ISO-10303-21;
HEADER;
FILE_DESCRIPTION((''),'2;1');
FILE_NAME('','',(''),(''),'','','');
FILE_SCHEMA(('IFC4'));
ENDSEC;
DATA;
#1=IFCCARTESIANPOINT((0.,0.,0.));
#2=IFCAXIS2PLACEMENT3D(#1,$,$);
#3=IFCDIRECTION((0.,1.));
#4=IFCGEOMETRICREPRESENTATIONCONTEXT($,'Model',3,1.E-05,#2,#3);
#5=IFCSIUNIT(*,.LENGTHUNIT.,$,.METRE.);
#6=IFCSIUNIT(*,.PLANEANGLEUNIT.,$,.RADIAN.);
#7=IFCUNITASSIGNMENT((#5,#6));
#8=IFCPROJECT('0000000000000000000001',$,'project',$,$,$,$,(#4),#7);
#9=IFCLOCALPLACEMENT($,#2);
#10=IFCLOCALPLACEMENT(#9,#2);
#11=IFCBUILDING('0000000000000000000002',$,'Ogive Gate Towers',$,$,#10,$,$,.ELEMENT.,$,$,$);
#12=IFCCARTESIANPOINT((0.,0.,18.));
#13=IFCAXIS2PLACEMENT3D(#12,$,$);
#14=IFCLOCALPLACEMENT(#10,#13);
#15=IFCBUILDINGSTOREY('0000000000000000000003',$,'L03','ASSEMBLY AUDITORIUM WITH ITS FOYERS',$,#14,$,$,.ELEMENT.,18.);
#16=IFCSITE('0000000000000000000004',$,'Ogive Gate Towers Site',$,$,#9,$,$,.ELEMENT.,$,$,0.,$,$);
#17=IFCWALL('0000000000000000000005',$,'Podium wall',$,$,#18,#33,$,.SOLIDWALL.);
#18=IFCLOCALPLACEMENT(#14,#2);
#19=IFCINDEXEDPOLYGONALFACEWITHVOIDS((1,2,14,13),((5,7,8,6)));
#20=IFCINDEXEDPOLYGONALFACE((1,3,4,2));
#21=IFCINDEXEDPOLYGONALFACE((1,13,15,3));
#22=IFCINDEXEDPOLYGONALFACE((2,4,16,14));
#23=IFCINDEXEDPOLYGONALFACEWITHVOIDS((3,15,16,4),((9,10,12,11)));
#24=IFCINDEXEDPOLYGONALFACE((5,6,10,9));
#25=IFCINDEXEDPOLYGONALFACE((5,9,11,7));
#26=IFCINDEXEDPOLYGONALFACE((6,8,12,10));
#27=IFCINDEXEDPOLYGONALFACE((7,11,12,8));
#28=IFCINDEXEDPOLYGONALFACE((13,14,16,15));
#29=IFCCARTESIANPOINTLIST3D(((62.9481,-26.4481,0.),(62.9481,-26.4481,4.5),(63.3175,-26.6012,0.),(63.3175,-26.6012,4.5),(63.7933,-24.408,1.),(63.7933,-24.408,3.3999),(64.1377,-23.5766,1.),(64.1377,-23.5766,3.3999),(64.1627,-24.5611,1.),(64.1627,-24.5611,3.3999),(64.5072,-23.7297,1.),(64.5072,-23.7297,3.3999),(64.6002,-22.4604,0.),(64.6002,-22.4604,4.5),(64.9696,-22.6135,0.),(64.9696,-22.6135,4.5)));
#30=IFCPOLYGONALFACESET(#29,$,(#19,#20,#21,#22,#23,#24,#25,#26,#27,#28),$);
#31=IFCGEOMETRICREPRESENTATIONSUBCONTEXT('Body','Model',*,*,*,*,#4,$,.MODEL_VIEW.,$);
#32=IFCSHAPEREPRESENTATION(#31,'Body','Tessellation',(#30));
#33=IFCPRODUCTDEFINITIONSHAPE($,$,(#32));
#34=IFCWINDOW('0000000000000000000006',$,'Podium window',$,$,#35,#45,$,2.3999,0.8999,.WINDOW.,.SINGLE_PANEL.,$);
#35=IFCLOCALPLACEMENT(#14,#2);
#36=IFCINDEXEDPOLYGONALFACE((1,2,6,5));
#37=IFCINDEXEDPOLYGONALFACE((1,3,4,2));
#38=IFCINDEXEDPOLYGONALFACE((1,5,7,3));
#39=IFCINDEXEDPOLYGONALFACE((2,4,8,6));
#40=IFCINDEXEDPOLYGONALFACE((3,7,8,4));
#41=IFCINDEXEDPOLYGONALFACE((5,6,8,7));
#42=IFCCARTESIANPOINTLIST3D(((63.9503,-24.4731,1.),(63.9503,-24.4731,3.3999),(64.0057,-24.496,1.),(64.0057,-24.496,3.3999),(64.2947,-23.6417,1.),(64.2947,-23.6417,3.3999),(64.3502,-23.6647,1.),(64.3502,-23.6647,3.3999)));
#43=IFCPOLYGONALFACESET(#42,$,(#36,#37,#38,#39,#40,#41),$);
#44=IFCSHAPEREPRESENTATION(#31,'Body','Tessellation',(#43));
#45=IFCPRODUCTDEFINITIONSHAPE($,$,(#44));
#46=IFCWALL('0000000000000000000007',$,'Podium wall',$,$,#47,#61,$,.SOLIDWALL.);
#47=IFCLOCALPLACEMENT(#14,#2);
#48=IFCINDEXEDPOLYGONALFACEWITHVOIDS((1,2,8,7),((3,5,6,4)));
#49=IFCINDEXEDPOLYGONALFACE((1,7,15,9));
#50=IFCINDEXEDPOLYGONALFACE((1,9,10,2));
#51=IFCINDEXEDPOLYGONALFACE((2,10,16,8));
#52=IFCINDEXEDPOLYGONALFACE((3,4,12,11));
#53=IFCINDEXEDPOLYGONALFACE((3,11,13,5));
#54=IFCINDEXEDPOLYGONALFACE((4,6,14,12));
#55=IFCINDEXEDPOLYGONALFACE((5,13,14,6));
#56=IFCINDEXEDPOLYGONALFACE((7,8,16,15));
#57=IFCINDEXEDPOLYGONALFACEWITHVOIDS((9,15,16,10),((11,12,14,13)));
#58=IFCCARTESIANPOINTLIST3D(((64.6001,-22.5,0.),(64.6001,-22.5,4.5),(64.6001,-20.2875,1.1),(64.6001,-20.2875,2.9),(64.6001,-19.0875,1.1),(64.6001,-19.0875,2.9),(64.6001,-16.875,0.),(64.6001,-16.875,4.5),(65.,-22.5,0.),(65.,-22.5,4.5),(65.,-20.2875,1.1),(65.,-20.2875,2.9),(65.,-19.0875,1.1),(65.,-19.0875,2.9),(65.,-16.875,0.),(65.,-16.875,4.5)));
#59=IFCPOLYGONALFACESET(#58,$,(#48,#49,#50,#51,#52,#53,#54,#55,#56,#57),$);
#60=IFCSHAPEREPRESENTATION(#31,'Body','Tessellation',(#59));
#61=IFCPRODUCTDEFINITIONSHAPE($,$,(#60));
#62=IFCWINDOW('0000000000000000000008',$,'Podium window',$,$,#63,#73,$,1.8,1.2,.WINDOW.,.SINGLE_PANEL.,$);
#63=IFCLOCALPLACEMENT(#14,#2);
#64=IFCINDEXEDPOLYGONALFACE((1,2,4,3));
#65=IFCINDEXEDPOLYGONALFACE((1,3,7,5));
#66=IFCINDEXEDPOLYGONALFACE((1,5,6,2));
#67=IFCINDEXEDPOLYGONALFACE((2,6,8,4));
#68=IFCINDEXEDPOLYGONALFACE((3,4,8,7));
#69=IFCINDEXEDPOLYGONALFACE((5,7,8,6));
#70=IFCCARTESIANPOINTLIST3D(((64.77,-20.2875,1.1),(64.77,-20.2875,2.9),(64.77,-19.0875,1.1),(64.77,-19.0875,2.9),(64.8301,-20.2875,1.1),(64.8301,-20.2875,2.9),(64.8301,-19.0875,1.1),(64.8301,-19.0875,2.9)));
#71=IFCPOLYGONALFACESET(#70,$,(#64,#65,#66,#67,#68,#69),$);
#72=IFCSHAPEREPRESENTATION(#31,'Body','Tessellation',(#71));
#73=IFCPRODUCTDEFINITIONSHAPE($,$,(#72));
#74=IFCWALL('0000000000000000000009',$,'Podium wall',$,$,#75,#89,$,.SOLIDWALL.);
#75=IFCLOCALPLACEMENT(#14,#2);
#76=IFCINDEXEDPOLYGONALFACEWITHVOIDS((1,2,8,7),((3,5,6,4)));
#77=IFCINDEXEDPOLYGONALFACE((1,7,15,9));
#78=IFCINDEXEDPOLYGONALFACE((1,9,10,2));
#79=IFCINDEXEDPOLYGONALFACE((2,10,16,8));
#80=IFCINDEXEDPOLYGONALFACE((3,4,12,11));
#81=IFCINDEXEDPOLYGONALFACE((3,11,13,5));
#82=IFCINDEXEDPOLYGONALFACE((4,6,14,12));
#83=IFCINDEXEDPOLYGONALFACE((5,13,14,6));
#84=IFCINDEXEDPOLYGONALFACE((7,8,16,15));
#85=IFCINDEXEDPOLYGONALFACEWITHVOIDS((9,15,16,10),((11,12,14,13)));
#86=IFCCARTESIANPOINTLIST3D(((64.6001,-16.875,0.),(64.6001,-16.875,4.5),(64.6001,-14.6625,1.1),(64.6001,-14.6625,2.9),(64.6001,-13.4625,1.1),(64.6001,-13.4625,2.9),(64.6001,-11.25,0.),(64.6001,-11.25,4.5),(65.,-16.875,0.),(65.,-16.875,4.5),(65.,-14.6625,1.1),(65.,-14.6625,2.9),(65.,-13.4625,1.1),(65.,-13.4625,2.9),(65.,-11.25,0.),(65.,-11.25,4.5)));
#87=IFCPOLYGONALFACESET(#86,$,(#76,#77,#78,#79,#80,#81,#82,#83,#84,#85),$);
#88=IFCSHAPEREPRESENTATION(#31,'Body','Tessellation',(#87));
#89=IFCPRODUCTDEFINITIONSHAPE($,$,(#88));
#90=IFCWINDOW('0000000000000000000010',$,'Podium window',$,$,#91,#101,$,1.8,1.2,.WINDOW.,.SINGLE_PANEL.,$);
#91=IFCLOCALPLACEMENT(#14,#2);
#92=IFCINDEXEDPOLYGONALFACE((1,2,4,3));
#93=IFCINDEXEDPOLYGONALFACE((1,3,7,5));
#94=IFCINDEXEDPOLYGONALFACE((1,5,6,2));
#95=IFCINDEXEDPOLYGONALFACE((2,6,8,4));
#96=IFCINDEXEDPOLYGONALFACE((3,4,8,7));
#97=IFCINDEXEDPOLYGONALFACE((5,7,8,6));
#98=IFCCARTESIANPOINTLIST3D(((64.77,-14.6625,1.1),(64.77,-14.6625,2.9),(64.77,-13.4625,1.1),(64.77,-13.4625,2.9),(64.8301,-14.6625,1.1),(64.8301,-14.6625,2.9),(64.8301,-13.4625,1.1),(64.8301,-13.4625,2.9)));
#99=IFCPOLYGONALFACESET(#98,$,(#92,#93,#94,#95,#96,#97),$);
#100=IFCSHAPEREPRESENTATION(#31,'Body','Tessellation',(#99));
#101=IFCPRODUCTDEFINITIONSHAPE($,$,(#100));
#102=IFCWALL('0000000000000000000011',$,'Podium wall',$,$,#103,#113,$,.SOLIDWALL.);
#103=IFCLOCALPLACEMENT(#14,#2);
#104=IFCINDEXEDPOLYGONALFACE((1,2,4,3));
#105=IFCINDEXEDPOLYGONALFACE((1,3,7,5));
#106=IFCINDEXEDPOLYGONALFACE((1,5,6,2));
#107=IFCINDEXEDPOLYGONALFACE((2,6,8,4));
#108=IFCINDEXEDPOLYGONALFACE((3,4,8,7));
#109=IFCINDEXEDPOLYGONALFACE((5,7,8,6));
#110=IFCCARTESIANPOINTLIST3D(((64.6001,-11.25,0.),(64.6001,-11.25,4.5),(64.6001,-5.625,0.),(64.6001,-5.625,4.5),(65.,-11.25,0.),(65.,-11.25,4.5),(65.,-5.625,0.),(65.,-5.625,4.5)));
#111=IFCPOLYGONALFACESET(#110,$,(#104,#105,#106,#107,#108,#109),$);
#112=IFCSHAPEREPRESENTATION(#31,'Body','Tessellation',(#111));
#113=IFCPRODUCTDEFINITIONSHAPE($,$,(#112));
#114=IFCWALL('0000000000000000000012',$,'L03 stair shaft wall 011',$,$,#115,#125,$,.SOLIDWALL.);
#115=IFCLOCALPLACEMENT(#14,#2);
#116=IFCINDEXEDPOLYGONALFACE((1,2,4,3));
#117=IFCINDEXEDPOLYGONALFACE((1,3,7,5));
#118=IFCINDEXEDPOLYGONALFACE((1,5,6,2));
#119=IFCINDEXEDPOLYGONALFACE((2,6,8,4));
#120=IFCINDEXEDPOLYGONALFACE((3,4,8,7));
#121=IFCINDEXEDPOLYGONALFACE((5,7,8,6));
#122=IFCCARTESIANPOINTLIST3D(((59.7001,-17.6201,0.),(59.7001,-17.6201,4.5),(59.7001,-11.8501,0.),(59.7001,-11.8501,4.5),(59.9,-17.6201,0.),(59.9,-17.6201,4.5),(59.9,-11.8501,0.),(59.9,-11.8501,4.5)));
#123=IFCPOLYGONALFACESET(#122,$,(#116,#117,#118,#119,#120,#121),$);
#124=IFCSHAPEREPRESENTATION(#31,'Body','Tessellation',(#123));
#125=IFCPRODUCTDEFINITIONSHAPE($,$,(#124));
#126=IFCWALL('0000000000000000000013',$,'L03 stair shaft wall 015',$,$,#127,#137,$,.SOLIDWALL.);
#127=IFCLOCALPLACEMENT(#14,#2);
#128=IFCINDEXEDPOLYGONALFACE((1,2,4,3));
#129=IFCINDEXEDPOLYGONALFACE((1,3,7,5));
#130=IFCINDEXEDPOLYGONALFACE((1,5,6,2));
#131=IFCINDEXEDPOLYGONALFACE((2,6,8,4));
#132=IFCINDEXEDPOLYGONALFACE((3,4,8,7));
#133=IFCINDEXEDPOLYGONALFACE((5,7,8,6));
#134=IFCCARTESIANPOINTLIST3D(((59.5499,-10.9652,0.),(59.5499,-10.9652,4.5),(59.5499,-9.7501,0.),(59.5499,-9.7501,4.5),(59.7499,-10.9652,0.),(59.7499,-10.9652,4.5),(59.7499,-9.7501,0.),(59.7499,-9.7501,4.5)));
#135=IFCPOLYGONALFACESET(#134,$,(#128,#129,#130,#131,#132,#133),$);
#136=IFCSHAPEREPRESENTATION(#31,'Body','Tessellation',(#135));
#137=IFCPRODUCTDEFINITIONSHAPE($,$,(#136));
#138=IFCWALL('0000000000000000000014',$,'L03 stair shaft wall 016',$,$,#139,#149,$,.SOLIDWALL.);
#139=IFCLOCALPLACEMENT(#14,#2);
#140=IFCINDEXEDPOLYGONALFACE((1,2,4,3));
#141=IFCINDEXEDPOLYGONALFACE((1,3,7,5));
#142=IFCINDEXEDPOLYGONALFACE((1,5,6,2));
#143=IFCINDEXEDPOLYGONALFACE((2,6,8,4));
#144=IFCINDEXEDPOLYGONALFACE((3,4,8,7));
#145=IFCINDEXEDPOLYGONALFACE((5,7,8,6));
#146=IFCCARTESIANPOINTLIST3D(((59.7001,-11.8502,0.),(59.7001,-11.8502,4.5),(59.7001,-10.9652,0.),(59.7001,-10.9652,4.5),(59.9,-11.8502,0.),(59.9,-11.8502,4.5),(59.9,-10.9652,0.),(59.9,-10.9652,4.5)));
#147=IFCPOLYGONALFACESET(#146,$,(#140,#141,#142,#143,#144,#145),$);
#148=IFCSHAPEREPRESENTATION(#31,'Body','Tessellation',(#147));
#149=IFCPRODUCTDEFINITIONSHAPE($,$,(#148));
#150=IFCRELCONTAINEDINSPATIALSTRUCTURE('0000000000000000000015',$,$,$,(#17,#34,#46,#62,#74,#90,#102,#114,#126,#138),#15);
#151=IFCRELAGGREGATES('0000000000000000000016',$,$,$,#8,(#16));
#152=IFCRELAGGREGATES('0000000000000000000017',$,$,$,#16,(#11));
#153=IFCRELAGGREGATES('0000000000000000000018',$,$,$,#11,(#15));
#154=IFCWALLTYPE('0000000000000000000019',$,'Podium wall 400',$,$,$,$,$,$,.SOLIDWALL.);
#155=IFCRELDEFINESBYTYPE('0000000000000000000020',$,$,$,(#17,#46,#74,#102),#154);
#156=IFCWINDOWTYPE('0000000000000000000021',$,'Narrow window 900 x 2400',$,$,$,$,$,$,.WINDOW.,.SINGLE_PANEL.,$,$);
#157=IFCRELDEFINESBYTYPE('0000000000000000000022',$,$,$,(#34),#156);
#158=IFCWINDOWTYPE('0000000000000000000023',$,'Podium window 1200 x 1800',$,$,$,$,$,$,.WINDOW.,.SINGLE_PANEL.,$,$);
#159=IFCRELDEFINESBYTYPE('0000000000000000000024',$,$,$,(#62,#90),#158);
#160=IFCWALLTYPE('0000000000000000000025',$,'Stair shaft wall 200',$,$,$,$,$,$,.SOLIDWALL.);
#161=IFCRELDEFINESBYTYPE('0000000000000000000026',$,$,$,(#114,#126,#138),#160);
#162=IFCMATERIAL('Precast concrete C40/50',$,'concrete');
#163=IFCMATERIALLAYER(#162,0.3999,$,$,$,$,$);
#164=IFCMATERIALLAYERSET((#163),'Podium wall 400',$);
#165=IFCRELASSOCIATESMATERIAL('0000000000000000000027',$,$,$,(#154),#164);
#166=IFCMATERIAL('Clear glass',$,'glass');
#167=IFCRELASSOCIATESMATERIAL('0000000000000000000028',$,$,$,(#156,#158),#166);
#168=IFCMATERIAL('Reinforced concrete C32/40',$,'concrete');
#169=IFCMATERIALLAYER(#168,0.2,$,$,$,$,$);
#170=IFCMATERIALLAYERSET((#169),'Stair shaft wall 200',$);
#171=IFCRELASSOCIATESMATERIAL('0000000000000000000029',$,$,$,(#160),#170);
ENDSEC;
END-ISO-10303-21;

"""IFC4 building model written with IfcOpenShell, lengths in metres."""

from ifc_helpers import new_model, si_unit, direction, frame, frame_2d, origin, place, context, subcontext, project, spatial, rectangle, extrude, material, layer, layer_set, type_object, element, fill, save


model = new_model("IFC4")

# Units and contexts
model_context = context("Model", 3, precision=1e-05, world=origin(), true_north=direction((0.0, 1.0)))
body_context = subcontext(model_context, "Body", "Model", "MODEL_VIEW")
ifc_project = project(units=[si_unit("LENGTHUNIT", "METRE"), si_unit("PLANEANGLEUNIT", "RADIAN")], contexts=[model_context])

# Site, building, storey
site_placement = place(None, origin())
site = spatial("IfcSite", under=ifc_project, at=site_placement, Name="Ogive Gate Towers Site", CompositionType="ELEMENT", RefElevation=0.0)
building_placement = place(site_placement, origin())
building = spatial("IfcBuilding", under=site, at=building_placement, Name="Ogive Gate Towers", CompositionType="ELEMENT")
storey_placement = place(building_placement, frame((0.0, 0.0, 18.0)))
storey = spatial("IfcBuildingStorey", under=building, at=storey_placement, Name="L03", Description="ASSEMBLY AUDITORIUM WITH ITS FOYERS", CompositionType="ELEMENT", Elevation=18.0)

# Shared definitions
ifc_material_1 = material(Name="Precast concrete C40/50", Category="concrete")
ifc_layer_1 = layer(ifc_material_1, 0.3999)
ifc_layer_set_1 = layer_set([ifc_layer_1], Name="Podium wall 400")
wall_type_1 = type_object("IfcWallType", Name="Podium wall 400", PredefinedType="SOLIDWALL", material=ifc_layer_set_1)

# Walls, openings, windows
wall_1_placement = place(storey_placement, frame((63.1328, -26.5247, 0.0), z_axis=(0.0, 0.0, 1.0), x_axis=(0.382743, 0.923855, 0.0)))
wall_1 = element("IfcWall", 1, at=wall_1_placement, inside=storey, type_object=wall_type_1, Name="Podium wall", PredefinedType="SOLIDWALL", context=body_context, shape_type="SweptSolid", body=[
    extrude(rectangle(XDim=4.3164, YDim=0.3999, at=frame_2d((2.1582, 0.0))), origin(), (0.0, 0.0, 1.0), 4.5),
])
opening_1_placement = place(wall_1_placement, frame((2.2083, 0.0, 1.0)))
opening_1 = element("IfcOpeningElement", 2, at=opening_1_placement, cuts=wall_1, PredefinedType="OPENING", context=body_context, shape_type="SweptSolid", body=[
    extrude(rectangle(XDim=0.8999, YDim=2.3999, at=frame_2d((0.45, 1.2))), frame((0.0, 0.21, 0.0), z_axis=(0.0, -1.0, 0.0), x_axis=(1.0, 0.0, 0.0)), (0.0, 0.0, 1.0), 0.4199),
])
ifc_material_2 = material(Name="Clear glass", Category="glass")
window_type_1 = type_object("IfcWindowType", Name="Narrow window 900 x 2400", PartitioningType="SINGLE_PANEL", PredefinedType="WINDOW", material=ifc_material_2)
window_1_placement = place(opening_1_placement, origin())
window_1 = element("IfcWindow", 3, at=window_1_placement, inside=storey, type_object=window_type_1, Name="Podium window", OverallHeight=2.3999, OverallWidth=0.8999, PartitioningType="SINGLE_PANEL", PredefinedType="WINDOW", context=body_context, shape_type="SweptSolid", body=[
    extrude(rectangle(XDim=0.8999, YDim=2.3999, at=frame_2d((0.45, 1.2))), frame((0.0, 0.03, 0.0), z_axis=(0.0, -1.0, 0.0), x_axis=(1.0, 0.0, 0.0)), (0.0, 0.0, 1.0), 0.0601),
])
fill(opening_1, window_1)
wall_2_placement = place(storey_placement, frame((64.8, -22.5, 0.0), z_axis=(0.0, 0.0, 1.0), x_axis=(0.0, 1.0, 0.0)))
wall_2 = element("IfcWall", 4, at=wall_2_placement, inside=storey, type_object=wall_type_1, Name="Podium wall", PredefinedType="SOLIDWALL", context=body_context, shape_type="SweptSolid", body=[
    extrude(rectangle(XDim=5.625, YDim=0.3999, at=frame_2d((2.8125, 0.0))), origin(), (0.0, 0.0, 1.0), 4.5),
])
opening_2_placement = place(wall_2_placement, frame((2.2124, 0.0, 1.1001)))
opening_2 = element("IfcOpeningElement", 5, at=opening_2_placement, cuts=wall_2, PredefinedType="OPENING", context=body_context, shape_type="SweptSolid", body=[
    extrude(rectangle(XDim=1.2, YDim=1.8, at=frame_2d((0.6001, 0.8999))), frame((0.0, 0.21, 0.0), z_axis=(0.0, -1.0, 0.0), x_axis=(1.0, 0.0, 0.0)), (0.0, 0.0, 1.0), 0.4199),
])
window_type_2 = type_object("IfcWindowType", Name="Podium window 1200 x 1800", PartitioningType="SINGLE_PANEL", PredefinedType="WINDOW", material=ifc_material_2)
window_2_placement = place(opening_2_placement, origin())
window_2 = element("IfcWindow", 6, at=window_2_placement, inside=storey, type_object=window_type_2, Name="Podium window", OverallHeight=1.8, OverallWidth=1.2, PartitioningType="SINGLE_PANEL", PredefinedType="WINDOW", context=body_context, shape_type="SweptSolid", body=[
    extrude(rectangle(XDim=1.2, YDim=1.8, at=frame_2d((0.6001, 0.8999))), frame((0.0, 0.03, 0.0), z_axis=(0.0, -1.0, 0.0), x_axis=(1.0, 0.0, 0.0)), (0.0, 0.0, 1.0), 0.0601),
])
fill(opening_2, window_2)
wall_3_placement = place(storey_placement, frame((64.8, -16.875, 0.0), z_axis=(0.0, 0.0, 1.0), x_axis=(0.0, 1.0, 0.0)))
wall_3 = element("IfcWall", 7, at=wall_3_placement, inside=storey, type_object=wall_type_1, Name="Podium wall", PredefinedType="SOLIDWALL", context=body_context, shape_type="SweptSolid", body=[
    extrude(rectangle(XDim=5.625, YDim=0.3999, at=frame_2d((2.8125, 0.0))), origin(), (0.0, 0.0, 1.0), 4.5),
])
opening_3_placement = place(wall_3_placement, frame((2.2124, 0.0, 1.1001)))
opening_3 = element("IfcOpeningElement", 8, at=opening_3_placement, cuts=wall_3, PredefinedType="OPENING", context=body_context, shape_type="SweptSolid", body=[
    extrude(rectangle(XDim=1.2, YDim=1.8, at=frame_2d((0.6001, 0.8999))), frame((0.0, 0.21, 0.0), z_axis=(0.0, -1.0, 0.0), x_axis=(1.0, 0.0, 0.0)), (0.0, 0.0, 1.0), 0.4199),
])
window_3_placement = place(opening_3_placement, origin())
window_3 = element("IfcWindow", 9, at=window_3_placement, inside=storey, type_object=window_type_2, Name="Podium window", OverallHeight=1.8, OverallWidth=1.2, PartitioningType="SINGLE_PANEL", PredefinedType="WINDOW", context=body_context, shape_type="SweptSolid", body=[
    extrude(rectangle(XDim=1.2, YDim=1.8, at=frame_2d((0.6001, 0.8999))), frame((0.0, 0.03, 0.0), z_axis=(0.0, -1.0, 0.0), x_axis=(1.0, 0.0, 0.0)), (0.0, 0.0, 1.0), 0.0601),
])
fill(opening_3, window_3)

# Walls
wall_4_placement = place(storey_placement, frame((64.8, -11.25, 0.0), z_axis=(0.0, 0.0, 1.0), x_axis=(0.0, 1.0, 0.0)))
element("IfcWall", 10, at=wall_4_placement, inside=storey, type_object=wall_type_1, Name="Podium wall", PredefinedType="SOLIDWALL", context=body_context, shape_type="SweptSolid", body=[
    extrude(rectangle(XDim=5.625, YDim=0.3999, at=frame_2d((2.8125, 0.0))), origin(), (0.0, 0.0, 1.0), 4.5),
])
ifc_material_3 = material(Name="Reinforced concrete C32/40", Category="concrete")
ifc_layer_2 = layer(ifc_material_3, 0.2)
ifc_layer_set_2 = layer_set([ifc_layer_2], Name="Stair shaft wall 200")
wall_type_2 = type_object("IfcWallType", Name="Stair shaft wall 200", PredefinedType="SOLIDWALL", material=ifc_layer_set_2)
wall_5_placement = place(storey_placement, frame((59.8, -17.6201, 0.0), z_axis=(0.0, 0.0, 1.0), x_axis=(0.0, 1.0, 0.0)))
element("IfcWall", 11, at=wall_5_placement, inside=storey, type_object=wall_type_2, Name="L03 stair shaft wall 011", PredefinedType="SOLIDWALL", context=body_context, shape_type="SweptSolid", body=[
    extrude(rectangle(XDim=5.77, YDim=0.2, at=frame_2d((2.885, 0.0))), origin(), (0.0, 0.0, 1.0), 4.5),
])
wall_6_placement = place(storey_placement, frame((59.6499, -10.9651, 0.0), z_axis=(0.0, 0.0, 1.0), x_axis=(0.0, 1.0, 0.0)))
element("IfcWall", 12, at=wall_6_placement, inside=storey, type_object=wall_type_2, Name="L03 stair shaft wall 015", PredefinedType="SOLIDWALL", context=body_context, shape_type="SweptSolid", body=[
    extrude(rectangle(XDim=1.2151, YDim=0.2, at=frame_2d((0.6074, 0.0))), origin(), (0.0, 0.0, 1.0), 4.5),
])
wall_7_placement = place(storey_placement, frame((59.8, -11.8501, 0.0), z_axis=(0.0, 0.0, 1.0), x_axis=(0.0, 1.0, 0.0)))
element("IfcWall", 13, at=wall_7_placement, inside=storey, type_object=wall_type_2, Name="L03 stair shaft wall 016", PredefinedType="SOLIDWALL", context=body_context, shape_type="SweptSolid", body=[
    extrude(rectangle(XDim=0.885, YDim=0.2, at=frame_2d((0.4424, 0.0))), origin(), (0.0, 0.0, 1.0), 4.5),
])

save(model, "model.ifc")
